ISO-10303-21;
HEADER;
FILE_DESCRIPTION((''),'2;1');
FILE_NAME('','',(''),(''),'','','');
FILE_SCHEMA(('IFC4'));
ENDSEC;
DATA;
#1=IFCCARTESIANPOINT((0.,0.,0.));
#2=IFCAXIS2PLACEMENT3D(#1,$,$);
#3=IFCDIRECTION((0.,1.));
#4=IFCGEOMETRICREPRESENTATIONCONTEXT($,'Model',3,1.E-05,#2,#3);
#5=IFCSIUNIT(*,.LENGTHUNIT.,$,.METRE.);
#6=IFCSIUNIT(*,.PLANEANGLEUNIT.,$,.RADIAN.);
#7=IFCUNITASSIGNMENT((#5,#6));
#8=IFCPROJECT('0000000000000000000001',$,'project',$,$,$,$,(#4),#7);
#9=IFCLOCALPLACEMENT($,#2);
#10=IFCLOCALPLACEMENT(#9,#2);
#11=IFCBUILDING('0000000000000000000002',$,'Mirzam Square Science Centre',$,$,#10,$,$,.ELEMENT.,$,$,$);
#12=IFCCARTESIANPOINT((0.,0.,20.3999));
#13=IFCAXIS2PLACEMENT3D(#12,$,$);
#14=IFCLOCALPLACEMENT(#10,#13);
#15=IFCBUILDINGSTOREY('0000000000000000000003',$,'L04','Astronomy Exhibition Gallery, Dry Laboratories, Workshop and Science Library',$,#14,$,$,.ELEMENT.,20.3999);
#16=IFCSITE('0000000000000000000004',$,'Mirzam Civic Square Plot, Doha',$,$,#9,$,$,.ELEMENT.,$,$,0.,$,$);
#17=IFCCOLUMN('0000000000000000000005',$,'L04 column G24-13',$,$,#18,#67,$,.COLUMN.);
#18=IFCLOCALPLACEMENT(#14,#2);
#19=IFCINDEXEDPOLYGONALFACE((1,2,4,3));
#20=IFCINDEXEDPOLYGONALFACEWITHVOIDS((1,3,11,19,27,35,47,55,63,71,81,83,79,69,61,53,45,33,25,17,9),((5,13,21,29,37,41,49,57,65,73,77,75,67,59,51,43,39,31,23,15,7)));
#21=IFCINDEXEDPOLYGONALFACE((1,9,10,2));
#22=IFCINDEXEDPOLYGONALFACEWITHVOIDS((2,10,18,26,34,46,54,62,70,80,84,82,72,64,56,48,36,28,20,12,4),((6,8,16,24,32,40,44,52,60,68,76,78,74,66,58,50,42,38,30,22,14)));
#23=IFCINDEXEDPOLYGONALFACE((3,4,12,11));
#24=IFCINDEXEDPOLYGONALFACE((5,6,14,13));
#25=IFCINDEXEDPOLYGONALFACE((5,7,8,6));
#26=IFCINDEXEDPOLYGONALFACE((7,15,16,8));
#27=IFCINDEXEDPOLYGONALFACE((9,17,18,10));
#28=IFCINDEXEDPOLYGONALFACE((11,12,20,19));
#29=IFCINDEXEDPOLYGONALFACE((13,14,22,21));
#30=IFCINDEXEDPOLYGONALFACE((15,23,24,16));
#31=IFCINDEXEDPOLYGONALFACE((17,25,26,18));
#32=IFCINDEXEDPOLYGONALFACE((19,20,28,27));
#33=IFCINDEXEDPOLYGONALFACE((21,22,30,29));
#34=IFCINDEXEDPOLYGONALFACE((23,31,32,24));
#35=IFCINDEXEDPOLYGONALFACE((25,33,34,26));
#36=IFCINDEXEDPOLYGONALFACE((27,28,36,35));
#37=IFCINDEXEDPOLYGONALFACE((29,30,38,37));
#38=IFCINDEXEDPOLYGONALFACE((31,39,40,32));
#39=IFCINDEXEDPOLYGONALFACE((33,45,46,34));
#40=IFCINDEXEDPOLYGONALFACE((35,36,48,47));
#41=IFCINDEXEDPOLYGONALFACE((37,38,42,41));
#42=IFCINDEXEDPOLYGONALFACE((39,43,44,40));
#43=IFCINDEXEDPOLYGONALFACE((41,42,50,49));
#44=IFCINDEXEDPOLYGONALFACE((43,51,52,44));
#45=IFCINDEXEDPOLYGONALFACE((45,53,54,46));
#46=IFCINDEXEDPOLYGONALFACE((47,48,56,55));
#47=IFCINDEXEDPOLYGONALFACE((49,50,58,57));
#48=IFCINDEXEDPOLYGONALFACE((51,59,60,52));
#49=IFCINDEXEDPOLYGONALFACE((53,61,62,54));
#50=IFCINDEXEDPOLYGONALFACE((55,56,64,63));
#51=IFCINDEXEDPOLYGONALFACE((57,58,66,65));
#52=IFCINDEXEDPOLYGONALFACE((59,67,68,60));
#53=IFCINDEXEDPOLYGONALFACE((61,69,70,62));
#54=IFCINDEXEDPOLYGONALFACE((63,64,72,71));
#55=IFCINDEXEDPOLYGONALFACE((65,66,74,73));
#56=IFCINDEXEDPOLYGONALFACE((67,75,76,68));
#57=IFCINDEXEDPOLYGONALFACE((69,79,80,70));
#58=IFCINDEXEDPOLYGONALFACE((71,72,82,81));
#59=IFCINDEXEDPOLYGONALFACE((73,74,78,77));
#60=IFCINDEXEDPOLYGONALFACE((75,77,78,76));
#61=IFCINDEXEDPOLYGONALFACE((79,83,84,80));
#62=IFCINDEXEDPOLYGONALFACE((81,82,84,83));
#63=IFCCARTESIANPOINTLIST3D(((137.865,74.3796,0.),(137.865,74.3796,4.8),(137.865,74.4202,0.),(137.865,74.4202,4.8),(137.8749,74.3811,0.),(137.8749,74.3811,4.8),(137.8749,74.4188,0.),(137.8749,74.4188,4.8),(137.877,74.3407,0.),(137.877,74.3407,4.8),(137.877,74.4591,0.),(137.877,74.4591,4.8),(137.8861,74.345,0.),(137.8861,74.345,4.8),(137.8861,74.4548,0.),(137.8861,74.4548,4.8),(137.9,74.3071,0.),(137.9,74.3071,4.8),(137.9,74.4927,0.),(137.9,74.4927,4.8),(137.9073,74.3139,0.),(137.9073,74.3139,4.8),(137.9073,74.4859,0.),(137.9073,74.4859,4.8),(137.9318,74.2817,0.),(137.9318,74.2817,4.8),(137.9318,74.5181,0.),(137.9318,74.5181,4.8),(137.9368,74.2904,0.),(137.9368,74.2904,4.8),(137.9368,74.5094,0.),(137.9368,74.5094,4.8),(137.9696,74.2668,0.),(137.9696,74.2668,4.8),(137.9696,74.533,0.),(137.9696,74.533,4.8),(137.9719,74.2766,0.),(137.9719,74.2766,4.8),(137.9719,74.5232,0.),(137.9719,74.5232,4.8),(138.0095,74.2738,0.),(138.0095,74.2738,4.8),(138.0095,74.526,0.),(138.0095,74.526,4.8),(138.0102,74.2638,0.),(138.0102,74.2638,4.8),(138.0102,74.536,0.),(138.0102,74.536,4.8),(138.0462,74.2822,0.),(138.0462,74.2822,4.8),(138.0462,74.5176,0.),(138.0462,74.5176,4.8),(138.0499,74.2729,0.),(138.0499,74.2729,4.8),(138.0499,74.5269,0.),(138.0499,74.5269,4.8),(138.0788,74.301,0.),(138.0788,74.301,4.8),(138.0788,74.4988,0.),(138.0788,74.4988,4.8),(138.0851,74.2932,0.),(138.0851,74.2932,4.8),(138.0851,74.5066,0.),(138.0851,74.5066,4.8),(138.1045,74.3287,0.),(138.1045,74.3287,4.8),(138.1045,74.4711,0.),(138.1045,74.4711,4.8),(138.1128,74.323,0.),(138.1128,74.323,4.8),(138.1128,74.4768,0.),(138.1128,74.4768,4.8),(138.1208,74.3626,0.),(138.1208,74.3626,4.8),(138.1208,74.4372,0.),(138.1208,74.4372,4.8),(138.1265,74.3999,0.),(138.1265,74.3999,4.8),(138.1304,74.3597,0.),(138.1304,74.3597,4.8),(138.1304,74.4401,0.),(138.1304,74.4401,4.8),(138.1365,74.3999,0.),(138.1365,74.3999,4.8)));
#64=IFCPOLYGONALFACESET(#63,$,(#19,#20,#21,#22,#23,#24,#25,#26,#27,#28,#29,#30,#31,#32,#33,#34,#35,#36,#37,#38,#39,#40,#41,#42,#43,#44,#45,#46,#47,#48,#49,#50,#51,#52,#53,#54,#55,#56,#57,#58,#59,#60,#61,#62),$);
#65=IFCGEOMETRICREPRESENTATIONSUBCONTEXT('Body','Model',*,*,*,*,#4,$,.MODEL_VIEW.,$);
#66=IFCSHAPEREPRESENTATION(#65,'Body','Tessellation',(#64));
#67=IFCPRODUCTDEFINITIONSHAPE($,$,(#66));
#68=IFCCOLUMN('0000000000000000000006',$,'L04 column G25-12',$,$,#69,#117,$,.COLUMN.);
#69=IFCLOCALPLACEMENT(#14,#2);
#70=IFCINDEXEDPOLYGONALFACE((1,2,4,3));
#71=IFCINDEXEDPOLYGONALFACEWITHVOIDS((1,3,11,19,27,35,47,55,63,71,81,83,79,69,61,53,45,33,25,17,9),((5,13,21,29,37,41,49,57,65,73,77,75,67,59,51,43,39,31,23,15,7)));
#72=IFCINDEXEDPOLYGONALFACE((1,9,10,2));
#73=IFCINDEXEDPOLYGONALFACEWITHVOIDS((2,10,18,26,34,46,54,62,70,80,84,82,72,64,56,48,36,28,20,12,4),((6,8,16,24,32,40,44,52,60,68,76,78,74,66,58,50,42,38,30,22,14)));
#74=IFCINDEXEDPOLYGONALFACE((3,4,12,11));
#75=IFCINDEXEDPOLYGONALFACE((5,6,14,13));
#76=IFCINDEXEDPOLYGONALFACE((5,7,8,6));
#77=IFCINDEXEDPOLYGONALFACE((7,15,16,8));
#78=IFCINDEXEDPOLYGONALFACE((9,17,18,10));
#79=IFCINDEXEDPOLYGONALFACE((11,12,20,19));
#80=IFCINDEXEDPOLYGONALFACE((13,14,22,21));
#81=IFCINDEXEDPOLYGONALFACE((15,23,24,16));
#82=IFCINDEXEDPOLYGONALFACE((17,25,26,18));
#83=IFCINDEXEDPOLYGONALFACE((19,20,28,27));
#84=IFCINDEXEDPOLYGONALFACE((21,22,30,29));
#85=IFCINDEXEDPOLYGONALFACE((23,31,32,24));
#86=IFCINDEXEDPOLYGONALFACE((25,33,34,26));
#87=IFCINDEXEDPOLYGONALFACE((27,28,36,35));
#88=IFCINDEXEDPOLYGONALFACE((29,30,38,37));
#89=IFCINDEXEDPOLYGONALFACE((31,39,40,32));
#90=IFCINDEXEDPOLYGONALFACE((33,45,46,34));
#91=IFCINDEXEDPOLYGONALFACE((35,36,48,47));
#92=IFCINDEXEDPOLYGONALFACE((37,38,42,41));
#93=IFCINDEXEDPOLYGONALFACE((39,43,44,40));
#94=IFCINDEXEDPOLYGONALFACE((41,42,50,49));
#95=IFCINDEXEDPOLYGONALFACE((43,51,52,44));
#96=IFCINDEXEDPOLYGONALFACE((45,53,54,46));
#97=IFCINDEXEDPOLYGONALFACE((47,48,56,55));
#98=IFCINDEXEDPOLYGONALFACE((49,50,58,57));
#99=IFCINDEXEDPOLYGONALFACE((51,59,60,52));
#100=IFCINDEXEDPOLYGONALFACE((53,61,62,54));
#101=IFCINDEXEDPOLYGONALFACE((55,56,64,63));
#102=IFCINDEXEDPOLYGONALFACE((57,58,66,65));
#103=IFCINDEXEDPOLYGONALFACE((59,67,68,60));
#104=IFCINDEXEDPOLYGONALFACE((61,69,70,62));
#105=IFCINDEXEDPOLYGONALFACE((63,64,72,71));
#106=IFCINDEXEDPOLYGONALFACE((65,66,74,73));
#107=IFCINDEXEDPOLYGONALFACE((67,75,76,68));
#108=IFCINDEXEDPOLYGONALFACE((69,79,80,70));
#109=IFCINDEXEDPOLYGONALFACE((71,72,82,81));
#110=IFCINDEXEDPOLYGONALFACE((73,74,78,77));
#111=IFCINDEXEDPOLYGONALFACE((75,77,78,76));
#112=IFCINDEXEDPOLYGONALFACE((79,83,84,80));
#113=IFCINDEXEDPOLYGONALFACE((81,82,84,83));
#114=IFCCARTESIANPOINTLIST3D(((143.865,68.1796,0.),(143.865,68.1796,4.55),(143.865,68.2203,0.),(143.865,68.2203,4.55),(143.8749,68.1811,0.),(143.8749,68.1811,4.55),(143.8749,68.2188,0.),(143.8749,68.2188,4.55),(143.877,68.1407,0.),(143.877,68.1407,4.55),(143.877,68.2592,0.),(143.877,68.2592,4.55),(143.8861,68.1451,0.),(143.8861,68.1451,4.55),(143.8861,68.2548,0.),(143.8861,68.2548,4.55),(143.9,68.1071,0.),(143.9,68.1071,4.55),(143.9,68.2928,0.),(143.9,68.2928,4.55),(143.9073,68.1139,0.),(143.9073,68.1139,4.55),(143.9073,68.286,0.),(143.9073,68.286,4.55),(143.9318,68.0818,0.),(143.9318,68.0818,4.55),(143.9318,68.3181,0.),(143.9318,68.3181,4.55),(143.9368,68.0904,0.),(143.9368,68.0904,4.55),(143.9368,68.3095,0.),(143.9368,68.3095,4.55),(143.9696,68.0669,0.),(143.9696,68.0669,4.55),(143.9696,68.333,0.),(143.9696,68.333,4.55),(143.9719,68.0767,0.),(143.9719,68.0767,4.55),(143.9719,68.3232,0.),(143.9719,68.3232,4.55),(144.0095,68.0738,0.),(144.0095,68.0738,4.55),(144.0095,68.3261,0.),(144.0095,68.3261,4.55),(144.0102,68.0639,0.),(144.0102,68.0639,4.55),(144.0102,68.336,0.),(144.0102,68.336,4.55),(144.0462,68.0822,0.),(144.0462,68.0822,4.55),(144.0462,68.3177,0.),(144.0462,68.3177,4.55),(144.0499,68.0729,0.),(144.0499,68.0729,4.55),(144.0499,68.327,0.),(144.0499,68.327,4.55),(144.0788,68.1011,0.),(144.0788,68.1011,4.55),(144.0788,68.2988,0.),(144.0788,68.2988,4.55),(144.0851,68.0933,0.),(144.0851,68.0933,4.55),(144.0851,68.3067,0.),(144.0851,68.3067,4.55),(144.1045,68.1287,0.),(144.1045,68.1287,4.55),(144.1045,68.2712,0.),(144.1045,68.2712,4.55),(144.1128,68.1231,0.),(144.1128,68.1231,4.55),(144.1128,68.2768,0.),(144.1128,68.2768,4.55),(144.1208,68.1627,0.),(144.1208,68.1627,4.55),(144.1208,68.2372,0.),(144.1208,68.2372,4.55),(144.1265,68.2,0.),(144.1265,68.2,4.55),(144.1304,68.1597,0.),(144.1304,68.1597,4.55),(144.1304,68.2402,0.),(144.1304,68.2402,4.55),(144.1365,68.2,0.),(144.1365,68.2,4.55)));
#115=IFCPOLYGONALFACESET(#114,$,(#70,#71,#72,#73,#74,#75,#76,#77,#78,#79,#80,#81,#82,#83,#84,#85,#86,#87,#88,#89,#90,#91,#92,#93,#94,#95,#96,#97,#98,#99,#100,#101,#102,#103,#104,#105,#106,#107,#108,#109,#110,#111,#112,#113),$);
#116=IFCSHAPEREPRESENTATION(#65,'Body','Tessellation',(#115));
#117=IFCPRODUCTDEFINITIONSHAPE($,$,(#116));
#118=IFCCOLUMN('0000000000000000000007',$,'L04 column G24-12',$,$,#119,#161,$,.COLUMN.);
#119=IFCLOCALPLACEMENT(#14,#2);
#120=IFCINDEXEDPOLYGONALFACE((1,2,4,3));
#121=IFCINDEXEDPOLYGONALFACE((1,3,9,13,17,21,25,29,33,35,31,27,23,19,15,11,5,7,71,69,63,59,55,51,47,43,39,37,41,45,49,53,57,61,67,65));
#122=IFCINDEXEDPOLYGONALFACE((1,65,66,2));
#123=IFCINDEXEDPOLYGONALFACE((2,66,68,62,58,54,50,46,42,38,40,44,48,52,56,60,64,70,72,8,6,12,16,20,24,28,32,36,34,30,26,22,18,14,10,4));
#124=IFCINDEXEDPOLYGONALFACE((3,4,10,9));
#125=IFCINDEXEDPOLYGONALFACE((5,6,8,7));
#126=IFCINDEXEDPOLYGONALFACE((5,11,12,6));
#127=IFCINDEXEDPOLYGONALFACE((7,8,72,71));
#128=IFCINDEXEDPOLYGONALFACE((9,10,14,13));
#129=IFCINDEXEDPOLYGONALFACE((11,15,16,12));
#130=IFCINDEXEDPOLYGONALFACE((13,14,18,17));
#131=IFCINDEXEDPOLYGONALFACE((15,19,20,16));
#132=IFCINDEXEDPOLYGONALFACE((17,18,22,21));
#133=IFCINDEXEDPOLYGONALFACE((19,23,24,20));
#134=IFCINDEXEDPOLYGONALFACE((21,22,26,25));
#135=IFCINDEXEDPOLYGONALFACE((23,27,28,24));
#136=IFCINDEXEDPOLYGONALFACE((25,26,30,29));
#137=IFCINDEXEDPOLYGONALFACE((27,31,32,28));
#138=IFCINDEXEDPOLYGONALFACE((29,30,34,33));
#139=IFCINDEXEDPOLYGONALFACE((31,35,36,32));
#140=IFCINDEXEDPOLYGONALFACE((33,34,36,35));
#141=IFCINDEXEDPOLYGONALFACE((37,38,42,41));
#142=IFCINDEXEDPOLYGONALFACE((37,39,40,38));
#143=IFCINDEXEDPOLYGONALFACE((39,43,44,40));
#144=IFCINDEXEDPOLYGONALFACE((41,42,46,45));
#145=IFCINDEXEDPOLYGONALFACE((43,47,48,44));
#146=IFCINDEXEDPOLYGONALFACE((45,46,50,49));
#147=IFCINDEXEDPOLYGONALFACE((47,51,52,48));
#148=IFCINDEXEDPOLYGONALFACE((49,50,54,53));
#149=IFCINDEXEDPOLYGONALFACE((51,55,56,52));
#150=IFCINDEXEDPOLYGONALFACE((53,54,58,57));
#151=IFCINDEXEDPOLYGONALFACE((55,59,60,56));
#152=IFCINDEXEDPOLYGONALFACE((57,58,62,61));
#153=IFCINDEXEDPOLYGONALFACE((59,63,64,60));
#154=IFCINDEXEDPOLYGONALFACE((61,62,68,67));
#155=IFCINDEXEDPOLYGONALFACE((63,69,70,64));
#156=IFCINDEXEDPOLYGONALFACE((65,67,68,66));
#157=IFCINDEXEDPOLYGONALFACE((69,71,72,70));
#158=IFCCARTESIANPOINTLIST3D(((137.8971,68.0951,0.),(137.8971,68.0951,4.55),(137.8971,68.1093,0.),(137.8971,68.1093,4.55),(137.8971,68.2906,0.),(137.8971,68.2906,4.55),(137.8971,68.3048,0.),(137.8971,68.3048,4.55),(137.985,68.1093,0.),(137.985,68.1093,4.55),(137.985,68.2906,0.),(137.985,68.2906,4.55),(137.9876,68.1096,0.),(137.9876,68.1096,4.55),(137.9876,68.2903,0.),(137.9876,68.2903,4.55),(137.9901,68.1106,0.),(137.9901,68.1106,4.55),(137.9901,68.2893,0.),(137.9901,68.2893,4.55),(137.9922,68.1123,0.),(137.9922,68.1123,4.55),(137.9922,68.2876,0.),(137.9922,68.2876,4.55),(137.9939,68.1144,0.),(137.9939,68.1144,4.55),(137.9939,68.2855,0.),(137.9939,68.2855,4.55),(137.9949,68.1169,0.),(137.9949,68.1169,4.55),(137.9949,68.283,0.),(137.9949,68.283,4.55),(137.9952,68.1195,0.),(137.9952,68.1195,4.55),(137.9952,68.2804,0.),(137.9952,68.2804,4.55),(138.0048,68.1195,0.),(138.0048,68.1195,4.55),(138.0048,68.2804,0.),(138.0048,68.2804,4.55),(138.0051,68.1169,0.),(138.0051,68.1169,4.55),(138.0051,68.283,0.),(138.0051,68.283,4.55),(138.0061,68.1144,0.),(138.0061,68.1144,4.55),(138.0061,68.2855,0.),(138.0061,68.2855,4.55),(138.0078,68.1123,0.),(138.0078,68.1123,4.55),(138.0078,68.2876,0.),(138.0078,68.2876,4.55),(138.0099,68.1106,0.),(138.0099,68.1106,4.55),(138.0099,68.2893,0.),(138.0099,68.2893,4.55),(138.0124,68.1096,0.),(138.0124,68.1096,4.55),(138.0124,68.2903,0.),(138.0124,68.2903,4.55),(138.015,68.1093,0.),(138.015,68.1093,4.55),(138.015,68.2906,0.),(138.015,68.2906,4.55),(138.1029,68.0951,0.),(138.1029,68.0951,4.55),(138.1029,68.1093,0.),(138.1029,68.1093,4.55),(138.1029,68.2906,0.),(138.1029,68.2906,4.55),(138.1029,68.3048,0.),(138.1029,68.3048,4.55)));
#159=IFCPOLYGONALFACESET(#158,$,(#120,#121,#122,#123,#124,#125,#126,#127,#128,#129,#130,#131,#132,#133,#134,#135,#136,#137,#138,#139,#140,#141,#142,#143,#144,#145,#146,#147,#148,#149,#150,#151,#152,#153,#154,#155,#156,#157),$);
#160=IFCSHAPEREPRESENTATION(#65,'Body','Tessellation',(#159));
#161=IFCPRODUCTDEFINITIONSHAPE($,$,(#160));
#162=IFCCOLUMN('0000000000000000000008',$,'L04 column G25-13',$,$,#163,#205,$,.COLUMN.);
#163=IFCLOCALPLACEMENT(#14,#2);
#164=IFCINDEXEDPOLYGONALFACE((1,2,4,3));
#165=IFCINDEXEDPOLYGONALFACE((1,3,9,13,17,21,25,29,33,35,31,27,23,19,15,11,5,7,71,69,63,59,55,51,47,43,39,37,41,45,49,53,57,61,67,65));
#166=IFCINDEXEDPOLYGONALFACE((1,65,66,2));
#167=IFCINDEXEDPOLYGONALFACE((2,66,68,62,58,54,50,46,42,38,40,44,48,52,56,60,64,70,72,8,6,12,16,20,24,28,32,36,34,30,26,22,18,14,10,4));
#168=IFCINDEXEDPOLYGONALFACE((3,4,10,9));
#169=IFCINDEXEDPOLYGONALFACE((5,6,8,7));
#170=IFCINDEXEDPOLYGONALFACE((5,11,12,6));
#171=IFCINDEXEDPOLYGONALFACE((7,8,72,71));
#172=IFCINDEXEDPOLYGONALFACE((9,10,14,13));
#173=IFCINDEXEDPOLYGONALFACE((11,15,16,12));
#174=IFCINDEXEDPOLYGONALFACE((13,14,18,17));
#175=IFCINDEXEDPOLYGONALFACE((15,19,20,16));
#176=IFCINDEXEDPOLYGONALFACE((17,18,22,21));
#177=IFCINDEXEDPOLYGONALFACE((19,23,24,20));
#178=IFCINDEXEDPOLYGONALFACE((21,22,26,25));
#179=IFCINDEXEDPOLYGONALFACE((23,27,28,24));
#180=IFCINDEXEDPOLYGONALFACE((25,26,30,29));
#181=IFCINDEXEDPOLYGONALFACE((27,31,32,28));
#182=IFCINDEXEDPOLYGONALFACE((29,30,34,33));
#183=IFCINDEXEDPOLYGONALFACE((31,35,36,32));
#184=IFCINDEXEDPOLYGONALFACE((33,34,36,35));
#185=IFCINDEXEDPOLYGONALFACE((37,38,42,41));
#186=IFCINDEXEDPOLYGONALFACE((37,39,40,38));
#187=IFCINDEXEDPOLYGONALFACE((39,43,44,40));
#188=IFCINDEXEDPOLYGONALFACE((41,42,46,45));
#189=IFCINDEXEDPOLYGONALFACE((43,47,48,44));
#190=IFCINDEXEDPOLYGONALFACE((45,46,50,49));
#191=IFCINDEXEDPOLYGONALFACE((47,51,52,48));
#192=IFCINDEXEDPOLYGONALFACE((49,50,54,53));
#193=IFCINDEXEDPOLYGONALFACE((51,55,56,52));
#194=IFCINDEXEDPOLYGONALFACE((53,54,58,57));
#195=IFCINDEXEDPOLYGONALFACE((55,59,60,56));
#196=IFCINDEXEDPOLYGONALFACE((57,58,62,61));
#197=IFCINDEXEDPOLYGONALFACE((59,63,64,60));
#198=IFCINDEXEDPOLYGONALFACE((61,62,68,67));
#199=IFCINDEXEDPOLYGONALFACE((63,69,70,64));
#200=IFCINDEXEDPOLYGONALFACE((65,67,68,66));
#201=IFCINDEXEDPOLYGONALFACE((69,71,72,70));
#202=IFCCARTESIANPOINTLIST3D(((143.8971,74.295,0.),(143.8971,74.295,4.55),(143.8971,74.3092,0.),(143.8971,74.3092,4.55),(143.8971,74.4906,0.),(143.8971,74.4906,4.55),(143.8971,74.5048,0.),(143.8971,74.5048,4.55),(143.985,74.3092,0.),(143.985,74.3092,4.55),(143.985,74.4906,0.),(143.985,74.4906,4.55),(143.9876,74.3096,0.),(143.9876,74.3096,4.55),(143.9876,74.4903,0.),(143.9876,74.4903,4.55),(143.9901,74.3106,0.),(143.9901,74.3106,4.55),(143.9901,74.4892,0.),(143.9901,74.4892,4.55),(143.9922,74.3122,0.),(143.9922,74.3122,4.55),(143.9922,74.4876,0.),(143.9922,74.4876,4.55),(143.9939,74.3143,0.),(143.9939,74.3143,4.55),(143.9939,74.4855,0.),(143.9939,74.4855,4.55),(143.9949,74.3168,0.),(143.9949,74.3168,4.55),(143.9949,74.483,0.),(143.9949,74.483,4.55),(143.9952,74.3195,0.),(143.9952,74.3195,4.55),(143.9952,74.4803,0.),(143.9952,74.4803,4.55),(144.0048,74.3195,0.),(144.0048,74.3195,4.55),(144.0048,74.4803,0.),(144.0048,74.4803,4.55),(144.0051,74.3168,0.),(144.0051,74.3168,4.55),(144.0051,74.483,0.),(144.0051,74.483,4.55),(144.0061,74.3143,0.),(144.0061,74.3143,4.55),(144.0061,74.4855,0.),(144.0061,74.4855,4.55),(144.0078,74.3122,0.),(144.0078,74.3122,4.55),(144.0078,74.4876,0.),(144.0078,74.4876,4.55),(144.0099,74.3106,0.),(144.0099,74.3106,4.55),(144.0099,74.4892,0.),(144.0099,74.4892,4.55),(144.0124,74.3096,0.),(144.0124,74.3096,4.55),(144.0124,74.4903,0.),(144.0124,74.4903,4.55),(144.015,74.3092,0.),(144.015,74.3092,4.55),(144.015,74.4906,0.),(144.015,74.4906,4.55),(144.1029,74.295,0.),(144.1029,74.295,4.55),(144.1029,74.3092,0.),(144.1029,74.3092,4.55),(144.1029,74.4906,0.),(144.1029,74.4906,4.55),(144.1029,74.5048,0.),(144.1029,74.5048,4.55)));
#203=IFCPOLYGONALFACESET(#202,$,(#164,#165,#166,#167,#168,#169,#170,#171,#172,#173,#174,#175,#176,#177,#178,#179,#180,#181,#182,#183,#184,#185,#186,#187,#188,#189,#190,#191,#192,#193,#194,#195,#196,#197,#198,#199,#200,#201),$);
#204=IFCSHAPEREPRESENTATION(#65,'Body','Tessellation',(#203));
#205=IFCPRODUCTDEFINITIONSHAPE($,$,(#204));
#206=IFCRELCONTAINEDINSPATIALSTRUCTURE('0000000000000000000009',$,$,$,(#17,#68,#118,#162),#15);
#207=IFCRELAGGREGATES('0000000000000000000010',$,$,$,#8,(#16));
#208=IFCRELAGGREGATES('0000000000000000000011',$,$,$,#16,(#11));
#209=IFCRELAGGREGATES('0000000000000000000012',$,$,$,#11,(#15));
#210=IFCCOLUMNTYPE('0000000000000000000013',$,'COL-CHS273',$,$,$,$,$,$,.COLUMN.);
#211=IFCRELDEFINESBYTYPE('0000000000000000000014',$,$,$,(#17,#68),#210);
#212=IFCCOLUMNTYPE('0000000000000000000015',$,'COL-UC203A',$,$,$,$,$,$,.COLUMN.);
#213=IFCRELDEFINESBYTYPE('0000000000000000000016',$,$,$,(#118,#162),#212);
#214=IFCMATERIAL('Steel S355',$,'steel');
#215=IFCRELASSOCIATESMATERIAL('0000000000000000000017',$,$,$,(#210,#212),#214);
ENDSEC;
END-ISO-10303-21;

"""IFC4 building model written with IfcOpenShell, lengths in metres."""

from ifc_helpers import new_model, si_unit, direction, frame, origin, origin_2d, place, context, subcontext, project, spatial, hollow_circle, i_section, extrude, material, material_profile, profile_set, type_object, element, save


model = new_model("IFC4")

# Units and contexts
model_context = context("Model", 3, precision=1e-05, world=origin(), true_north=direction((0.0, 1.0)))
body_context = subcontext(model_context, "Body", "Model", "MODEL_VIEW")
ifc_project = project(units=[si_unit("LENGTHUNIT", "METRE"), si_unit("PLANEANGLEUNIT", "RADIAN")], contexts=[model_context])

# Site, building, storey
site_placement = place(None, origin())
site = spatial("IfcSite", under=ifc_project, at=site_placement, Name="Mirzam Civic Square Plot, Doha", CompositionType="ELEMENT", RefElevation=0.0)
building_placement = place(site_placement, origin())
building = spatial("IfcBuilding", under=site, at=building_placement, Name="Mirzam Square Science Centre", CompositionType="ELEMENT")
storey_placement = place(building_placement, frame((0.0, 0.0, 20.3999)))
storey = spatial("IfcBuildingStorey", under=building, at=storey_placement, Name="L04", Description="Astronomy Exhibition Gallery, Dry Laboratories, Workshop and Science Library", CompositionType="ELEMENT", Elevation=20.3999)

# Columns
ifc_material = material(Name="Steel S355", Category="steel")
ifc_material_profile_1 = material_profile(ifc_material, hollow_circle(Radius=0.1365, WallThickness=0.01, at=origin_2d()), Name="273.0x10.0CHS")
ifc_profile_set_1 = profile_set([ifc_material_profile_1], Name="Steel S355")
column_type_1 = type_object("IfcColumnType", Name="COL-CHS273", PredefinedType="COLUMN", material=ifc_profile_set_1)
column_1_placement = place(storey_placement, frame((138.0, 74.3999, 0.0), z_axis=(0.0, 0.0, 1.0), x_axis=(1.0, 0.0, 0.0)))
element("IfcColumn", 1, at=column_1_placement, inside=storey, type_object=column_type_1, Name="L04 column G24-13", PredefinedType="COLUMN", context=body_context, shape_type="SweptSolid", body=[
    extrude(hollow_circle(Radius=0.1365, WallThickness=0.01, at=origin_2d()), origin(), (0.0, 0.0, 1.0), 4.8),
])
column_2_placement = place(storey_placement, frame((144.0, 68.2, 0.0), z_axis=(0.0, 0.0, 1.0), x_axis=(1.0, 0.0, 0.0)))
element("IfcColumn", 2, at=column_2_placement, inside=storey, type_object=column_type_1, Name="L04 column G25-12", PredefinedType="COLUMN", context=body_context, shape_type="SweptSolid", body=[
    extrude(hollow_circle(Radius=0.1365, WallThickness=0.01, at=origin_2d()), origin(), (0.0, 0.0, 1.0), 4.55),
])
ifc_material_profile_2 = material_profile(ifc_material, i_section(OverallWidth=0.2058, OverallDepth=0.2097, WebThickness=0.0095, FlangeThickness=0.0142, FilletRadius=0.0103, at=origin_2d()), Name="203x203x60UC")
ifc_profile_set_2 = profile_set([ifc_material_profile_2], Name="Steel S355")
column_type_2 = type_object("IfcColumnType", Name="COL-UC203A", PredefinedType="COLUMN", material=ifc_profile_set_2)
for number, where, z_axis, x_axis, name in (
    (3, (138.0, 68.2, 0.0), (0.0, 0.0, 1.0), (1.0, 0.0, 0.0), "L04 column G24-12"),
    (4, (144.0, 74.3999, 0.0), (0.0, 0.0, 1.0), (1.0, 0.0, 0.0), "L04 column G25-13"),
):
    element("IfcColumn", number, at=place(storey_placement, frame(where, z_axis=z_axis, x_axis=x_axis)), inside=storey, type_object=column_type_2, Name=name, PredefinedType="COLUMN", context=body_context, shape_type="SweptSolid", body=[
        extrude(i_section(OverallWidth=0.2058, OverallDepth=0.2097, WebThickness=0.0095, FlangeThickness=0.0142, FilletRadius=0.0103, at=origin_2d()), origin(), (0.0, 0.0, 1.0), 4.55),
    ])

save(model, "model.ifc")
